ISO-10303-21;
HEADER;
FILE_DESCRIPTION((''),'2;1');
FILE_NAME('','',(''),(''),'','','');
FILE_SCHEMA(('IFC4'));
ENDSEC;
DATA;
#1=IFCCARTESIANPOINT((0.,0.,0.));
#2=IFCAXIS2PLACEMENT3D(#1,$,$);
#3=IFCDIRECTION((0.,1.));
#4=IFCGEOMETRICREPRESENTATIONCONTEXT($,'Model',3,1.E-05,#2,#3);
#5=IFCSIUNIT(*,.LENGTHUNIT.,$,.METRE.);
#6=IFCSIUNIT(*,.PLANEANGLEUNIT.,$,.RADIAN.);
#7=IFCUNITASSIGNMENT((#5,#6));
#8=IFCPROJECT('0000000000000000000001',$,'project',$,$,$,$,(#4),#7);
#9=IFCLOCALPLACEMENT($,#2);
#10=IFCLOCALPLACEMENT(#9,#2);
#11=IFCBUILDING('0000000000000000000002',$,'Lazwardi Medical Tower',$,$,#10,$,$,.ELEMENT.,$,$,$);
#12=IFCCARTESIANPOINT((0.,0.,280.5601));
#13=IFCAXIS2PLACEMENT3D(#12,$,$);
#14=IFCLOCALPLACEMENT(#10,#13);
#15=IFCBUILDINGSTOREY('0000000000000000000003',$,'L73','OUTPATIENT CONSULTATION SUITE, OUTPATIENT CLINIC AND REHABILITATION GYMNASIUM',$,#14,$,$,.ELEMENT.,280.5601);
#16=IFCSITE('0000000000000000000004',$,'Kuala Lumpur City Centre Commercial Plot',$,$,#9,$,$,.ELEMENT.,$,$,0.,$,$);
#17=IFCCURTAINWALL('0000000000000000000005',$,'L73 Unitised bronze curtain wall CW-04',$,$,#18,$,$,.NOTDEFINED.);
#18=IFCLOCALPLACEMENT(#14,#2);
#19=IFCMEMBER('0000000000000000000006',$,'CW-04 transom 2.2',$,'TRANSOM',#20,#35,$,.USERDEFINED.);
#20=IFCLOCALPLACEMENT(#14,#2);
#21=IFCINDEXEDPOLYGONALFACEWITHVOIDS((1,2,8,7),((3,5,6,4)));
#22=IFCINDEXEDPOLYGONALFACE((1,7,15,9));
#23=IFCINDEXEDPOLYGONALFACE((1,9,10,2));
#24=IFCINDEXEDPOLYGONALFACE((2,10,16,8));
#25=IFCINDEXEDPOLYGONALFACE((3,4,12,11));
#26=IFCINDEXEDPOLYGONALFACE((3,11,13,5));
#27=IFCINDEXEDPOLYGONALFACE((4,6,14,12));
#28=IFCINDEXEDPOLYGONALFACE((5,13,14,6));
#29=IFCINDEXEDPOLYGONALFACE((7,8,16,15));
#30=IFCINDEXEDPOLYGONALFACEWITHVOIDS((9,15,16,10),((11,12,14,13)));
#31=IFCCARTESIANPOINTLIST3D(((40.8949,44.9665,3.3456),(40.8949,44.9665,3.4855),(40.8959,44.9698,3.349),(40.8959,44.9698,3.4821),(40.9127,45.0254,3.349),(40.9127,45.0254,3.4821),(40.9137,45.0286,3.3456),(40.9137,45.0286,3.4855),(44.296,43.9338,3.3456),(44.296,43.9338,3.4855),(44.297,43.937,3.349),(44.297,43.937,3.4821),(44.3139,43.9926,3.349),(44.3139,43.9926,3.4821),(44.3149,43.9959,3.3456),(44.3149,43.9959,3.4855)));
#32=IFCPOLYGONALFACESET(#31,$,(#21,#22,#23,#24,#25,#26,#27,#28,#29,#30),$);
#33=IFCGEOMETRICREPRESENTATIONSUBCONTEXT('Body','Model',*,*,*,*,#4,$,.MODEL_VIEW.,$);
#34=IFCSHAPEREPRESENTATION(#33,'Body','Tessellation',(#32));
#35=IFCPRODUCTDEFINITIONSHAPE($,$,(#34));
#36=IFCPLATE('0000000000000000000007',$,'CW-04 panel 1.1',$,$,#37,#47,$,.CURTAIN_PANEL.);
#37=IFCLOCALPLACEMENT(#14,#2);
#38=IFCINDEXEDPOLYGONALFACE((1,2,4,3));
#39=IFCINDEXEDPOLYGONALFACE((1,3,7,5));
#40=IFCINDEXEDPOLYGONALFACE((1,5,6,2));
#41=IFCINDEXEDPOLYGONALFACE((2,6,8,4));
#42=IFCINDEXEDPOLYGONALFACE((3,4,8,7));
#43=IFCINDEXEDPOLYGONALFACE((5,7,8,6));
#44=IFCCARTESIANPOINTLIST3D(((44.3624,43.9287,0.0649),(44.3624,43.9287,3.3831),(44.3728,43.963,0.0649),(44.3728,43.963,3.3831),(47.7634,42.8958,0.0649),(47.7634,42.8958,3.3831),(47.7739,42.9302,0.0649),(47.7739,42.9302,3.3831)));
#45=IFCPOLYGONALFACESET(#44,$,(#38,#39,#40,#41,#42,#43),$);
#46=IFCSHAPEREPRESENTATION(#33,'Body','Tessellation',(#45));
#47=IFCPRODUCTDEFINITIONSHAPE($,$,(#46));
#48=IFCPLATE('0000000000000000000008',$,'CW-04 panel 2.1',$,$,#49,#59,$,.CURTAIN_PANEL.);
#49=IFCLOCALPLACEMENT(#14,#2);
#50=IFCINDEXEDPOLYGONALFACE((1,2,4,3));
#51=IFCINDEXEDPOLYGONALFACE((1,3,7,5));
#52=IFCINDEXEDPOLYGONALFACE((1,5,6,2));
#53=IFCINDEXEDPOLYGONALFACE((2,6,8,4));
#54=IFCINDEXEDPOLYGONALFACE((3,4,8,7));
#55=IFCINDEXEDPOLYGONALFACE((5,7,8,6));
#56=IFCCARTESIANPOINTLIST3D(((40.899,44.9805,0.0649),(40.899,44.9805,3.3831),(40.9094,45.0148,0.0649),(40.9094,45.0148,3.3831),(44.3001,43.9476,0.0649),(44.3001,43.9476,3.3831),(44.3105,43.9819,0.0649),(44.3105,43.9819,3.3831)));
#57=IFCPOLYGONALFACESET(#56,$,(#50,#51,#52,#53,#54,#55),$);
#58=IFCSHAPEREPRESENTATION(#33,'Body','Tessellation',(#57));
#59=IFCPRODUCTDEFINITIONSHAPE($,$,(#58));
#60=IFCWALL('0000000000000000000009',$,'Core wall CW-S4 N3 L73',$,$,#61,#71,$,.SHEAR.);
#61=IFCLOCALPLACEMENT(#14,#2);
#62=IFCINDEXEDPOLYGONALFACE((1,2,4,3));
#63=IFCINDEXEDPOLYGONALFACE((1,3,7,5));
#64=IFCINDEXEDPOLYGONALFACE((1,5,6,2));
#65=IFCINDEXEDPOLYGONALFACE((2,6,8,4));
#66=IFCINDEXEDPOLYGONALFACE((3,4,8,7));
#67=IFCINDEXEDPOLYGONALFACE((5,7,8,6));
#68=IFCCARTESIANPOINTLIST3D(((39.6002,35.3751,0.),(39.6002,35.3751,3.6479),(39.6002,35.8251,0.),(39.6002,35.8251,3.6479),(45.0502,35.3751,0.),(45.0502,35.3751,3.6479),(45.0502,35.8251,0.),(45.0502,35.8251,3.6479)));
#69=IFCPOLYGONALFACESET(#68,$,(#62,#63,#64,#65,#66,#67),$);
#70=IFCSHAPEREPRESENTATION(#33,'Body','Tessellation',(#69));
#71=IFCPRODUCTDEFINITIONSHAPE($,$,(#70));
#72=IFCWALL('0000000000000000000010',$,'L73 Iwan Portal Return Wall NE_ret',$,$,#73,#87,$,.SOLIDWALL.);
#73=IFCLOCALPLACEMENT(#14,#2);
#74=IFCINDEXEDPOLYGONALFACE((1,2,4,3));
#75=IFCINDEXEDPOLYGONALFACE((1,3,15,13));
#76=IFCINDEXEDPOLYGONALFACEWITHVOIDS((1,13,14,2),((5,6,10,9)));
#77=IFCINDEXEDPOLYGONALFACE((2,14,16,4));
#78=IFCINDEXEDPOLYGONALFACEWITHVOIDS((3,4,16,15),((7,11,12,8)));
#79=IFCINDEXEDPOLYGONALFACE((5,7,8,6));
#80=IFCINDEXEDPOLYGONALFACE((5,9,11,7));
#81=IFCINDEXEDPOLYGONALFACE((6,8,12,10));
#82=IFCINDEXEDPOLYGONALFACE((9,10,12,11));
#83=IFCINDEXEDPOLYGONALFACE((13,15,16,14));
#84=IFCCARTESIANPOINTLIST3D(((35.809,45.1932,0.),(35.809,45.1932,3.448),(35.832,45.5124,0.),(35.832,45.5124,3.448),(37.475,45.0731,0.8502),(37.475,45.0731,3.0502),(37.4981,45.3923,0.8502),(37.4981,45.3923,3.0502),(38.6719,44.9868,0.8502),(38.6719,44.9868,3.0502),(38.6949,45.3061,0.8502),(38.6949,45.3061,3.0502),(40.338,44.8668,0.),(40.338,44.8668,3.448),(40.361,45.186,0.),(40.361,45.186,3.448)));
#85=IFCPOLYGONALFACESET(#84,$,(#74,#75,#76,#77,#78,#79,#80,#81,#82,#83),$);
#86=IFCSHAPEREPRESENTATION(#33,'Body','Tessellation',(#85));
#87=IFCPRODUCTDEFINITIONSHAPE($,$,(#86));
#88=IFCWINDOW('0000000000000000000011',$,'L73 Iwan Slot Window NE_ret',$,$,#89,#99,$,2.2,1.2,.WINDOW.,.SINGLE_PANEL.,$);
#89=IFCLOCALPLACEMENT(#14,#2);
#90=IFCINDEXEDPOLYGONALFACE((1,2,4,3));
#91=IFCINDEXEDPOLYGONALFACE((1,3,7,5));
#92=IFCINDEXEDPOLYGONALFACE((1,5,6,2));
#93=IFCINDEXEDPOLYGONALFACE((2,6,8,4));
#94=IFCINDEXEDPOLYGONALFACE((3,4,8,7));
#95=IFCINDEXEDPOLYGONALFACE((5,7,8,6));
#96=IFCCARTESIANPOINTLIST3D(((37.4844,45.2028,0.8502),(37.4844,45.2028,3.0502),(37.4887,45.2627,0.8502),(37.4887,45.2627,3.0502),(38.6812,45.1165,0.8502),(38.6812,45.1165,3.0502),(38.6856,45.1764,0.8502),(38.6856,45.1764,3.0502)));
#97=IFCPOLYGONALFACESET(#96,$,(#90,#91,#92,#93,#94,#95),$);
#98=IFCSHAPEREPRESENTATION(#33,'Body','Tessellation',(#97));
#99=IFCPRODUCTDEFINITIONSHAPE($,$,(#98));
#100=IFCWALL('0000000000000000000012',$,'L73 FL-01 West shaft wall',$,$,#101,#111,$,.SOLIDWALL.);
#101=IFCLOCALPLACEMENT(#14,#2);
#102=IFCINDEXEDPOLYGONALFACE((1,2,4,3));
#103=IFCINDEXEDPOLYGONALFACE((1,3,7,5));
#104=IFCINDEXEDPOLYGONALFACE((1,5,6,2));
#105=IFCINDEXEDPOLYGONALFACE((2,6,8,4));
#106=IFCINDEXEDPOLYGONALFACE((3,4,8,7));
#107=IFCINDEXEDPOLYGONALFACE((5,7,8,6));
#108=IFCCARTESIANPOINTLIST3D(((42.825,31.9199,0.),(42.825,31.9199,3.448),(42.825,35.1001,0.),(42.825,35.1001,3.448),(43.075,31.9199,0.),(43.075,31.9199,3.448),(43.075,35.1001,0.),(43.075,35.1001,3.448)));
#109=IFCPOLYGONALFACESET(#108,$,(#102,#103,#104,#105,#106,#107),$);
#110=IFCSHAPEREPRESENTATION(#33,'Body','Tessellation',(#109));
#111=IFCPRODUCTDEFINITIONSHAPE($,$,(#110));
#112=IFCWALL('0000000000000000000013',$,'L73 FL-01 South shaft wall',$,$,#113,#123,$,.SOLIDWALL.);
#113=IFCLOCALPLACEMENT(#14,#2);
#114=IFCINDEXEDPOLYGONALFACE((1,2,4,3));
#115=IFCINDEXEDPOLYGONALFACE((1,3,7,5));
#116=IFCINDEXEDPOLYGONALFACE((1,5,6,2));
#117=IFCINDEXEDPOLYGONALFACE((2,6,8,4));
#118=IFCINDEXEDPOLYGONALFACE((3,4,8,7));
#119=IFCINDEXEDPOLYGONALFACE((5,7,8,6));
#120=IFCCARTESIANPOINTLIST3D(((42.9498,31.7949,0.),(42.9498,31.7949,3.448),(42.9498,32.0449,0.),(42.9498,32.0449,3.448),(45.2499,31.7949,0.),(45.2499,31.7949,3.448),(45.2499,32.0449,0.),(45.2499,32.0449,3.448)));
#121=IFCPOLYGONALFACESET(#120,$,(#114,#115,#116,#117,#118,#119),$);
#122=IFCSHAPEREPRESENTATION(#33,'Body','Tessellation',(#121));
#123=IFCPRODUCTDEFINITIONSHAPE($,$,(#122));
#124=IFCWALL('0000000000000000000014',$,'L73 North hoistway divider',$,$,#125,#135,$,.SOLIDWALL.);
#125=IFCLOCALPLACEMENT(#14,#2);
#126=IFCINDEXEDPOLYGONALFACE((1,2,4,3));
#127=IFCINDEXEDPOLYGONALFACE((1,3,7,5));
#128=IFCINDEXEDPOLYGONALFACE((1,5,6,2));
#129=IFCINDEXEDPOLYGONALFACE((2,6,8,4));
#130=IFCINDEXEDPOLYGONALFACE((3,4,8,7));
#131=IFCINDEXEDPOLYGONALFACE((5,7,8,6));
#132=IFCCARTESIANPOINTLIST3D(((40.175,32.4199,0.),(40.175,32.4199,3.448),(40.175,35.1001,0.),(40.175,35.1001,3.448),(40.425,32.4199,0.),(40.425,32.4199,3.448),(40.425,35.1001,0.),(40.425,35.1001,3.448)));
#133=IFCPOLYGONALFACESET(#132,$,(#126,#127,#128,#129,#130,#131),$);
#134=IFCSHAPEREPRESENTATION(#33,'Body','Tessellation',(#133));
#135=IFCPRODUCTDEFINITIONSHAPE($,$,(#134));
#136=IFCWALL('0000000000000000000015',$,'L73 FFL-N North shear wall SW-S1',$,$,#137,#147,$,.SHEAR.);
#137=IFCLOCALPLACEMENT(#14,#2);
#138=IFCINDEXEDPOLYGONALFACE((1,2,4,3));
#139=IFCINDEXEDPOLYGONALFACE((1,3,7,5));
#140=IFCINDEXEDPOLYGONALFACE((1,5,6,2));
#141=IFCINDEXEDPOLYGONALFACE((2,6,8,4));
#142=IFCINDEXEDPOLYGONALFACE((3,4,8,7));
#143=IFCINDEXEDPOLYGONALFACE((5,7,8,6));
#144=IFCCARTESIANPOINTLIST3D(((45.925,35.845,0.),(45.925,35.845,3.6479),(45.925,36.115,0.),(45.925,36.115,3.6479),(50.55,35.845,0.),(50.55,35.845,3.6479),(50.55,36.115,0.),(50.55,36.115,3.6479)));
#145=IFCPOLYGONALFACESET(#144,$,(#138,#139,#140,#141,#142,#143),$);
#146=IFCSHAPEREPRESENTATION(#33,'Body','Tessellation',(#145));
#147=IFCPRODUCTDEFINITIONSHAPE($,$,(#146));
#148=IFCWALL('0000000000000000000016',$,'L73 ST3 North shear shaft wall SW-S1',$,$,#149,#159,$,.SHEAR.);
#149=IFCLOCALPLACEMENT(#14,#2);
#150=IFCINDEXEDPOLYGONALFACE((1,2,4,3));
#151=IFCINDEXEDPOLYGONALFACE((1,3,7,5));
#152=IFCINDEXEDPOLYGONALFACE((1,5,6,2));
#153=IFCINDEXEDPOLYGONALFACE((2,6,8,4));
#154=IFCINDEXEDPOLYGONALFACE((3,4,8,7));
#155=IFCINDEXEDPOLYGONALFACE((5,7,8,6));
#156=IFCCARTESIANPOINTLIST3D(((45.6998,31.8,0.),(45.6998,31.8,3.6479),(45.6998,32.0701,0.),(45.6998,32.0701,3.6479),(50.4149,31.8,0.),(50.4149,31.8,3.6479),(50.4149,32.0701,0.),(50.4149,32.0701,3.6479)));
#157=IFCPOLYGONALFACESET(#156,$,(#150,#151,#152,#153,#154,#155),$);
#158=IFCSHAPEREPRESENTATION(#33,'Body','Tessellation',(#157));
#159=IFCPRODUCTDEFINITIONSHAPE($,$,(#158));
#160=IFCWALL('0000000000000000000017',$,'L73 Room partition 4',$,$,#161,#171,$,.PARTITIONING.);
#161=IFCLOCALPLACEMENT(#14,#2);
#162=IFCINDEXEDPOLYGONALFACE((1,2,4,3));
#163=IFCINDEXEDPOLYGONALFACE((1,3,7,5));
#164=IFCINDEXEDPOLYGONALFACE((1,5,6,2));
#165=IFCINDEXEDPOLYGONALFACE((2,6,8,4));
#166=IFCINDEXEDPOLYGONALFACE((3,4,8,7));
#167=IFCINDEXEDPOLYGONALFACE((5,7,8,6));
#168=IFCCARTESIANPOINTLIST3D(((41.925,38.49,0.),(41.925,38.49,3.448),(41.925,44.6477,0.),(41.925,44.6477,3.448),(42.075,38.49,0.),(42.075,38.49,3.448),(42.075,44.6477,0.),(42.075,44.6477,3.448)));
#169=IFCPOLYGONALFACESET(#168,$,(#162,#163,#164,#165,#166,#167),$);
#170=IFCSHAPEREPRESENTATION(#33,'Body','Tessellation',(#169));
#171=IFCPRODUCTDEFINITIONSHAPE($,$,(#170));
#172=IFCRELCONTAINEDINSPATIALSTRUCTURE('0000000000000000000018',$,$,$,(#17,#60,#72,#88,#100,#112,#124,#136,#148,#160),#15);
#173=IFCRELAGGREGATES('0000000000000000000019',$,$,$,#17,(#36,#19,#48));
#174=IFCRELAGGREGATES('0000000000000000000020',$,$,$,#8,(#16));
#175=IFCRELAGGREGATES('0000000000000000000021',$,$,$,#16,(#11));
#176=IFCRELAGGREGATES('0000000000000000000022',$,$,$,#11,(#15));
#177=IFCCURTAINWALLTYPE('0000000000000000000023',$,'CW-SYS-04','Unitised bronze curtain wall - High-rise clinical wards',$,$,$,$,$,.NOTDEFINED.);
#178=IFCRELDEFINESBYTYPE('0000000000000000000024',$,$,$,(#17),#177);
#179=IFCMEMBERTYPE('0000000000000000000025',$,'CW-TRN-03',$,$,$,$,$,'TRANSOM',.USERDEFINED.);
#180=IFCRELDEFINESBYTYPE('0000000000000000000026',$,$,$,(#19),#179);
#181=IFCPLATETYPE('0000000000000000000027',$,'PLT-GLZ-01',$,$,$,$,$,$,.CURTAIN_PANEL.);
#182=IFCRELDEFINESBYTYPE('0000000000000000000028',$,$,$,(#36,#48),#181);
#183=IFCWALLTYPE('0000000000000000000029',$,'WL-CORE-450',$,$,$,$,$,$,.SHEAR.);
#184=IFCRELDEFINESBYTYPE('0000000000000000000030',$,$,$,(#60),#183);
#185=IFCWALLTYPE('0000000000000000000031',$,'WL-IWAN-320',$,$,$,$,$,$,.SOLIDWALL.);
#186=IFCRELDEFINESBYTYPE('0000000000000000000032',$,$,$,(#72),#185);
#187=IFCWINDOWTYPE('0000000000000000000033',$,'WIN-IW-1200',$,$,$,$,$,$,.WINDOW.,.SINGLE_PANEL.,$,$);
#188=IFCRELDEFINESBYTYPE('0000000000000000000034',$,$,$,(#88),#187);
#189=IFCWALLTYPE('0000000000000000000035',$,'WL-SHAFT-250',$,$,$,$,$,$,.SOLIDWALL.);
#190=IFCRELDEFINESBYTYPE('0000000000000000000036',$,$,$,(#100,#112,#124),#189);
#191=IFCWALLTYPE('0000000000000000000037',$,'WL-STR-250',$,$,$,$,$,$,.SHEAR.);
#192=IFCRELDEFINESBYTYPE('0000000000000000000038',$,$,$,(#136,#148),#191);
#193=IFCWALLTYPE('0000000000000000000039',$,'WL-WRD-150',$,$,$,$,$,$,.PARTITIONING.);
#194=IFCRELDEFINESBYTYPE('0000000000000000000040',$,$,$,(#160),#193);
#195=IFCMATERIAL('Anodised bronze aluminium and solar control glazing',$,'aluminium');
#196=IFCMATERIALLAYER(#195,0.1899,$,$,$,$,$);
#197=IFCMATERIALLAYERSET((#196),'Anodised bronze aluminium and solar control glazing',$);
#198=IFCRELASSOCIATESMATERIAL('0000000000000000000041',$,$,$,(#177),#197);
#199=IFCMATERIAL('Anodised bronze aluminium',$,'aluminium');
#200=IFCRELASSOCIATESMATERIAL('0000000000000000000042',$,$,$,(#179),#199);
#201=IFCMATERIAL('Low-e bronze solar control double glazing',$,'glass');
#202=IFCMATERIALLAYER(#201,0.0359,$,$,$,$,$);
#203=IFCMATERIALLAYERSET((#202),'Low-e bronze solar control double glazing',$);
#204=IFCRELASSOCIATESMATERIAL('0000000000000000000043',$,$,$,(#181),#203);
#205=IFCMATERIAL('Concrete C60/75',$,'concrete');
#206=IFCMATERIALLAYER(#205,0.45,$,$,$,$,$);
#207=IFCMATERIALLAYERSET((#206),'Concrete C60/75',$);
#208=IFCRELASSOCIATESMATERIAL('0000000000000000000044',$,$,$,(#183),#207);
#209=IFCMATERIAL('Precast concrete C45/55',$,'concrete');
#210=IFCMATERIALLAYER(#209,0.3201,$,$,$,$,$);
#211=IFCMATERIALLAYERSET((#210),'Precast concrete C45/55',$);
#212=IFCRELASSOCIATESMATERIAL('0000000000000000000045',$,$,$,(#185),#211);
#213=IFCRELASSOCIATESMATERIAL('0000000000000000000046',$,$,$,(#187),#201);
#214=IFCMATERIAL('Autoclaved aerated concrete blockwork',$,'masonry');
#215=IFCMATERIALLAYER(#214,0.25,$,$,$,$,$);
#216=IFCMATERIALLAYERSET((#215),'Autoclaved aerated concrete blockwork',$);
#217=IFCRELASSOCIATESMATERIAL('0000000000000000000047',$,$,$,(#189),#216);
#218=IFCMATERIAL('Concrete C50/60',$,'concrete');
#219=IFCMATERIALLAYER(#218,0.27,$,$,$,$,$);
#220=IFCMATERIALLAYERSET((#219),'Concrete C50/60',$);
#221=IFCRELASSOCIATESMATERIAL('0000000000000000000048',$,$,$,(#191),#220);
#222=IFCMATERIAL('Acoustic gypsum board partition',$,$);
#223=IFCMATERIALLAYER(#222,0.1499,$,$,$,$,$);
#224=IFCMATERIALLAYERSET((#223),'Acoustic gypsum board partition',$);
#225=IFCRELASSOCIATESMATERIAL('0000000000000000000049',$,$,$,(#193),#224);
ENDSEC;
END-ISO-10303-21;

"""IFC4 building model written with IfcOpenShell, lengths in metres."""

from ifc_helpers import new_model, si_unit, direction, frame, frame_2d, origin, origin_2d, place, context, subcontext, project, spatial, rectangle, hollow_rectangle, extrude, material, layer, layer_set, material_profile, profile_set, type_object, element, fill, aggregate, save


model = new_model("IFC4")

# Units and contexts
model_context = context("Model", 3, precision=1e-05, world=origin(), true_north=direction((0.0, 1.0)))
body_context = subcontext(model_context, "Body", "Model", "MODEL_VIEW")
ifc_project = project(units=[si_unit("LENGTHUNIT", "METRE"), si_unit("PLANEANGLEUNIT", "RADIAN")], contexts=[model_context])

# Site, building, storey
site_placement = place(None, origin())
site = spatial("IfcSite", under=ifc_project, at=site_placement, Name="Kuala Lumpur City Centre Commercial Plot", CompositionType="ELEMENT", RefElevation=0.0)
building_placement = place(site_placement, origin())
building = spatial("IfcBuilding", under=site, at=building_placement, Name="Lazwardi Medical Tower", CompositionType="ELEMENT")
storey_placement = place(building_placement, frame((0.0, 0.0, 280.5601)))
storey = spatial("IfcBuildingStorey", under=building, at=storey_placement, Name="L73", Description="OUTPATIENT CONSULTATION SUITE, OUTPATIENT CLINIC AND REHABILITATION GYMNASIUM", CompositionType="ELEMENT", Elevation=280.5601)

# Shared definitions
ifc_material_1 = material(Name="Concrete C60/75", Category="concrete")

# Curtain wall, member, plates
ifc_material_2 = material(Name="Anodised bronze aluminium and solar control glazing", Category="aluminium")
ifc_layer_1 = layer(ifc_material_2, 0.1899)
ifc_layer_set_1 = layer_set([ifc_layer_1], Name="Anodised bronze aluminium and solar control glazing")
curtain_wall_type = type_object("IfcCurtainWallType", Name="CW-SYS-04", Description="Unitised bronze curtain wall - High-rise clinical wards", PredefinedType="NOTDEFINED", material=ifc_layer_set_1)
curtain_wall_placement = place(storey_placement, origin())
curtain_wall = element("IfcCurtainWall", 1, at=curtain_wall_placement, inside=storey, type_object=curtain_wall_type, Name="L73 Unitised bronze curtain wall CW-04", PredefinedType="NOTDEFINED")
ifc_material_3 = material(Name="Anodised bronze aluminium", Category="aluminium")
ifc_material_profile_1 = material_profile(ifc_material_3, hollow_rectangle(XDim=0.0649, YDim=0.1399, WallThickness=0.0034, at=origin_2d()), Name="ALU-TRANSOM 140x65x3.5")
ifc_profile_set_1 = profile_set([ifc_material_profile_1], Name="Anodised bronze aluminium")
member_type_1 = type_object("IfcMemberType", Name="CW-TRN-03", ElementType="TRANSOM", PredefinedType="USERDEFINED", material=ifc_profile_set_1)
member_1_placement = place(storey_placement, frame((44.3054, 43.9648, 3.4155), z_axis=(-0.956863, 0.290541, 0.0), x_axis=(-0.290541, -0.956863, 0.0)))
member_1 = element("IfcMember", 2, at=member_1_placement, type_object=member_type_1, Name="CW-04 transom 2.2", ObjectType="TRANSOM", PredefinedType="USERDEFINED", context=body_context, shape_type="SweptSolid", body=[
    extrude(hollow_rectangle(XDim=0.0649, YDim=0.1399, WallThickness=0.0034, at=origin_2d()), origin(), (0.0, 0.0, 1.0), 3.5544),
])
ifc_material_4 = material(Name="Low-e bronze solar control double glazing", Category="glass")
ifc_layer_2 = layer(ifc_material_4, 0.0359)
ifc_layer_set_2 = layer_set([ifc_layer_2], Name="Low-e bronze solar control double glazing")
plate_type = type_object("IfcPlateType", Name="PLT-GLZ-01", PredefinedType="CURTAIN_PANEL", material=ifc_layer_set_2)
plate_1_placement = place(storey_placement, frame((46.0681, 43.4294, 0.0649), z_axis=(0.0, 0.0, 1.0), x_axis=(-0.95685, 0.290582, 0.0)))
plate_1 = element("IfcPlate", 3, at=plate_1_placement, type_object=plate_type, Name="CW-04 panel 1.1", PredefinedType="CURTAIN_PANEL", context=body_context, shape_type="SweptSolid", body=[
    extrude(rectangle(XDim=3.5544, YDim=0.0359, at=origin_2d()), origin(), (0.0, 0.0, 1.0), 3.3181),
])
plate_2_placement = place(storey_placement, frame((42.6047, 44.4812, 0.0649), z_axis=(0.0, 0.0, 1.0), x_axis=(-0.95685, 0.290582, 0.0)))
plate_2 = element("IfcPlate", 4, at=plate_2_placement, type_object=plate_type, Name="CW-04 panel 2.1", PredefinedType="CURTAIN_PANEL", context=body_context, shape_type="SweptSolid", body=[
    extrude(rectangle(XDim=3.5544, YDim=0.0359, at=origin_2d()), origin(), (0.0, 0.0, 1.0), 3.3181),
])
aggregate(curtain_wall, [plate_1, member_1, plate_2])

# Wall
ifc_layer_3 = layer(ifc_material_1, 0.45)
ifc_layer_set_3 = layer_set([ifc_layer_3], Name="Concrete C60/75")
wall_type_1 = type_object("IfcWallType", Name="WL-CORE-450", PredefinedType="SHEAR", material=ifc_layer_set_3)
wall_1_placement = place(storey_placement, frame((39.6001, 35.6001, 0.0), z_axis=(0.0, 0.0, 1.0), x_axis=(1.0, 0.0, 0.0)))
element("IfcWall", 5, at=wall_1_placement, inside=storey, type_object=wall_type_1, Name="Core wall CW-S4 N3 L73", PredefinedType="SHEAR", context=body_context, shape_type="SweptSolid", body=[
    extrude(rectangle(XDim=5.45, YDim=0.45, at=frame_2d((2.7251, 0.0))), origin(), (0.0, 0.0, 1.0), 3.6479),
])

# Wall, opening, window
ifc_material_5 = material(Name="Precast concrete C45/55", Category="concrete")
ifc_layer_4 = layer(ifc_material_5, 0.3201)
ifc_layer_set_4 = layer_set([ifc_layer_4], Name="Precast concrete C45/55")
wall_type_2 = type_object("IfcWallType", Name="WL-IWAN-320", PredefinedType="SOLIDWALL", material=ifc_layer_set_4)
wall_2_placement = place(storey_placement, frame((40.3496, 45.0264, 0.0), z_axis=(0.0, 0.0, 1.0), x_axis=(-0.997413, 0.071885, 0.0)))
wall_2 = element("IfcWall", 6, at=wall_2_placement, inside=storey, type_object=wall_type_2, Name="L73 Iwan Portal Return Wall NE_ret", PredefinedType="SOLIDWALL", context=body_context, shape_type="SweptSolid", body=[
    extrude(rectangle(XDim=4.5408, YDim=0.3201, at=frame_2d((2.2705, 0.0))), origin(), (0.0, 0.0, 1.0), 3.448),
])
opening_placement = place(wall_2_placement, frame((1.6704, 0.0, 0.8501)))
opening = element("IfcOpeningElement", 7, at=opening_placement, cuts=wall_2, PredefinedType="OPENING", context=body_context, shape_type="SweptSolid", body=[
    extrude(rectangle(XDim=1.2, YDim=2.2, at=frame_2d((0.6001, 1.1001))), frame((0.0, 0.1699, 0.0), z_axis=(0.0, -1.0, 0.0), x_axis=(1.0, 0.0, 0.0)), (0.0, 0.0, 1.0), 0.3401),
])
window_type = type_object("IfcWindowType", Name="WIN-IW-1200", PartitioningType="SINGLE_PANEL", PredefinedType="WINDOW", material=ifc_material_4)
window_placement = place(opening_placement, origin())
window = element("IfcWindow", 8, at=window_placement, inside=storey, type_object=window_type, Name="L73 Iwan Slot Window NE_ret", OverallHeight=2.2, OverallWidth=1.2, PartitioningType="SINGLE_PANEL", PredefinedType="WINDOW", context=body_context, shape_type="SweptSolid", body=[
    extrude(rectangle(XDim=1.2, YDim=2.2, at=frame_2d((0.6001, 1.1001))), frame((0.0, 0.03, 0.0), z_axis=(0.0, -1.0, 0.0), x_axis=(1.0, 0.0, 0.0)), (0.0, 0.0, 1.0), 0.0601),
])
fill(opening, window)

# Walls
ifc_material_6 = material(Name="Autoclaved aerated concrete blockwork", Category="masonry")
ifc_layer_5 = layer(ifc_material_6, 0.25)
ifc_layer_set_5 = layer_set([ifc_layer_5], Name="Autoclaved aerated concrete blockwork")
wall_type_3 = type_object("IfcWallType", Name="WL-SHAFT-250", PredefinedType="SOLIDWALL", material=ifc_layer_set_5)
wall_3_placement = place(storey_placement, frame((42.95, 31.9199, 0.0), z_axis=(0.0, 0.0, 1.0), x_axis=(0.0, 1.0, 0.0)))
element("IfcWall", 9, at=wall_3_placement, inside=storey, type_object=wall_type_3, Name="L73 FL-01 West shaft wall", PredefinedType="SOLIDWALL", context=body_context, shape_type="SweptSolid", body=[
    extrude(rectangle(XDim=3.1802, YDim=0.25, at=frame_2d((1.5901, 0.0))), origin(), (0.0, 0.0, 1.0), 3.448),
])
wall_4_placement = place(storey_placement, frame((42.95, 31.9199, 0.0), z_axis=(0.0, 0.0, 1.0), x_axis=(1.0, 0.0, 0.0)))
element("IfcWall", 10, at=wall_4_placement, inside=storey, type_object=wall_type_3, Name="L73 FL-01 South shaft wall", PredefinedType="SOLIDWALL", context=body_context, shape_type="SweptSolid", body=[
    extrude(rectangle(XDim=2.3, YDim=0.25, at=frame_2d((1.1499, 0.0))), origin(), (0.0, 0.0, 1.0), 3.448),
])
wall_5_placement = place(storey_placement, frame((40.3, 32.4199, 0.0), z_axis=(0.0, 0.0, 1.0), x_axis=(0.0, 1.0, 0.0)))
element("IfcWall", 11, at=wall_5_placement, inside=storey, type_object=wall_type_3, Name="L73 North hoistway divider", PredefinedType="SOLIDWALL", context=body_context, shape_type="SweptSolid", body=[
    extrude(rectangle(XDim=2.6802, YDim=0.25, at=frame_2d((1.3401, 0.0))), origin(), (0.0, 0.0, 1.0), 3.448),
])
ifc_material_7 = material(Name="Concrete C50/60", Category="concrete")
ifc_layer_6 = layer(ifc_material_7, 0.27)
ifc_layer_set_6 = layer_set([ifc_layer_6], Name="Concrete C50/60")
wall_type_4 = type_object("IfcWallType", Name="WL-STR-250", PredefinedType="SHEAR", material=ifc_layer_set_6)
wall_6_placement = place(storey_placement, frame((45.925, 35.98, 0.0), z_axis=(0.0, 0.0, 1.0), x_axis=(1.0, 0.0, 0.0)))
element("IfcWall", 12, at=wall_6_placement, inside=storey, type_object=wall_type_4, Name="L73 FFL-N North shear wall SW-S1", PredefinedType="SHEAR", context=body_context, shape_type="SweptSolid", body=[
    extrude(rectangle(XDim=4.625, YDim=0.27, at=frame_2d((2.3125, 0.0))), origin(), (0.0, 0.0, 1.0), 3.6479),
])
wall_7_placement = place(storey_placement, frame((45.7, 31.9351, 0.0), z_axis=(0.0, 0.0, 1.0), x_axis=(1.0, 0.0, 0.0)))
element("IfcWall", 13, at=wall_7_placement, inside=storey, type_object=wall_type_4, Name="L73 ST3 North shear shaft wall SW-S1", PredefinedType="SHEAR", context=body_context, shape_type="SweptSolid", body=[
    extrude(rectangle(XDim=4.7151, YDim=0.27, at=frame_2d((2.3574, 0.0))), origin(), (0.0, 0.0, 1.0), 3.6479),
])
ifc_material_8 = material(Name="Acoustic gypsum board partition")
ifc_layer_7 = layer(ifc_material_8, 0.1499)
ifc_layer_set_7 = layer_set([ifc_layer_7], Name="Acoustic gypsum board partition")
wall_type_5 = type_object("IfcWallType", Name="WL-WRD-150", PredefinedType="PARTITIONING", material=ifc_layer_set_7)
wall_8_placement = place(storey_placement, frame((42.0, 38.49, 0.0), z_axis=(0.0, 0.0, 1.0), x_axis=(0.0, 1.0, 0.0)))
element("IfcWall", 14, at=wall_8_placement, inside=storey, type_object=wall_type_5, Name="L73 Room partition 4", PredefinedType="PARTITIONING", context=body_context, shape_type="SweptSolid", body=[
    extrude(rectangle(XDim=6.1577, YDim=0.1499, at=frame_2d((3.0789, 0.0))), origin(), (0.0, 0.0, 1.0), 3.448),
])

save(model, "model.ifc")
